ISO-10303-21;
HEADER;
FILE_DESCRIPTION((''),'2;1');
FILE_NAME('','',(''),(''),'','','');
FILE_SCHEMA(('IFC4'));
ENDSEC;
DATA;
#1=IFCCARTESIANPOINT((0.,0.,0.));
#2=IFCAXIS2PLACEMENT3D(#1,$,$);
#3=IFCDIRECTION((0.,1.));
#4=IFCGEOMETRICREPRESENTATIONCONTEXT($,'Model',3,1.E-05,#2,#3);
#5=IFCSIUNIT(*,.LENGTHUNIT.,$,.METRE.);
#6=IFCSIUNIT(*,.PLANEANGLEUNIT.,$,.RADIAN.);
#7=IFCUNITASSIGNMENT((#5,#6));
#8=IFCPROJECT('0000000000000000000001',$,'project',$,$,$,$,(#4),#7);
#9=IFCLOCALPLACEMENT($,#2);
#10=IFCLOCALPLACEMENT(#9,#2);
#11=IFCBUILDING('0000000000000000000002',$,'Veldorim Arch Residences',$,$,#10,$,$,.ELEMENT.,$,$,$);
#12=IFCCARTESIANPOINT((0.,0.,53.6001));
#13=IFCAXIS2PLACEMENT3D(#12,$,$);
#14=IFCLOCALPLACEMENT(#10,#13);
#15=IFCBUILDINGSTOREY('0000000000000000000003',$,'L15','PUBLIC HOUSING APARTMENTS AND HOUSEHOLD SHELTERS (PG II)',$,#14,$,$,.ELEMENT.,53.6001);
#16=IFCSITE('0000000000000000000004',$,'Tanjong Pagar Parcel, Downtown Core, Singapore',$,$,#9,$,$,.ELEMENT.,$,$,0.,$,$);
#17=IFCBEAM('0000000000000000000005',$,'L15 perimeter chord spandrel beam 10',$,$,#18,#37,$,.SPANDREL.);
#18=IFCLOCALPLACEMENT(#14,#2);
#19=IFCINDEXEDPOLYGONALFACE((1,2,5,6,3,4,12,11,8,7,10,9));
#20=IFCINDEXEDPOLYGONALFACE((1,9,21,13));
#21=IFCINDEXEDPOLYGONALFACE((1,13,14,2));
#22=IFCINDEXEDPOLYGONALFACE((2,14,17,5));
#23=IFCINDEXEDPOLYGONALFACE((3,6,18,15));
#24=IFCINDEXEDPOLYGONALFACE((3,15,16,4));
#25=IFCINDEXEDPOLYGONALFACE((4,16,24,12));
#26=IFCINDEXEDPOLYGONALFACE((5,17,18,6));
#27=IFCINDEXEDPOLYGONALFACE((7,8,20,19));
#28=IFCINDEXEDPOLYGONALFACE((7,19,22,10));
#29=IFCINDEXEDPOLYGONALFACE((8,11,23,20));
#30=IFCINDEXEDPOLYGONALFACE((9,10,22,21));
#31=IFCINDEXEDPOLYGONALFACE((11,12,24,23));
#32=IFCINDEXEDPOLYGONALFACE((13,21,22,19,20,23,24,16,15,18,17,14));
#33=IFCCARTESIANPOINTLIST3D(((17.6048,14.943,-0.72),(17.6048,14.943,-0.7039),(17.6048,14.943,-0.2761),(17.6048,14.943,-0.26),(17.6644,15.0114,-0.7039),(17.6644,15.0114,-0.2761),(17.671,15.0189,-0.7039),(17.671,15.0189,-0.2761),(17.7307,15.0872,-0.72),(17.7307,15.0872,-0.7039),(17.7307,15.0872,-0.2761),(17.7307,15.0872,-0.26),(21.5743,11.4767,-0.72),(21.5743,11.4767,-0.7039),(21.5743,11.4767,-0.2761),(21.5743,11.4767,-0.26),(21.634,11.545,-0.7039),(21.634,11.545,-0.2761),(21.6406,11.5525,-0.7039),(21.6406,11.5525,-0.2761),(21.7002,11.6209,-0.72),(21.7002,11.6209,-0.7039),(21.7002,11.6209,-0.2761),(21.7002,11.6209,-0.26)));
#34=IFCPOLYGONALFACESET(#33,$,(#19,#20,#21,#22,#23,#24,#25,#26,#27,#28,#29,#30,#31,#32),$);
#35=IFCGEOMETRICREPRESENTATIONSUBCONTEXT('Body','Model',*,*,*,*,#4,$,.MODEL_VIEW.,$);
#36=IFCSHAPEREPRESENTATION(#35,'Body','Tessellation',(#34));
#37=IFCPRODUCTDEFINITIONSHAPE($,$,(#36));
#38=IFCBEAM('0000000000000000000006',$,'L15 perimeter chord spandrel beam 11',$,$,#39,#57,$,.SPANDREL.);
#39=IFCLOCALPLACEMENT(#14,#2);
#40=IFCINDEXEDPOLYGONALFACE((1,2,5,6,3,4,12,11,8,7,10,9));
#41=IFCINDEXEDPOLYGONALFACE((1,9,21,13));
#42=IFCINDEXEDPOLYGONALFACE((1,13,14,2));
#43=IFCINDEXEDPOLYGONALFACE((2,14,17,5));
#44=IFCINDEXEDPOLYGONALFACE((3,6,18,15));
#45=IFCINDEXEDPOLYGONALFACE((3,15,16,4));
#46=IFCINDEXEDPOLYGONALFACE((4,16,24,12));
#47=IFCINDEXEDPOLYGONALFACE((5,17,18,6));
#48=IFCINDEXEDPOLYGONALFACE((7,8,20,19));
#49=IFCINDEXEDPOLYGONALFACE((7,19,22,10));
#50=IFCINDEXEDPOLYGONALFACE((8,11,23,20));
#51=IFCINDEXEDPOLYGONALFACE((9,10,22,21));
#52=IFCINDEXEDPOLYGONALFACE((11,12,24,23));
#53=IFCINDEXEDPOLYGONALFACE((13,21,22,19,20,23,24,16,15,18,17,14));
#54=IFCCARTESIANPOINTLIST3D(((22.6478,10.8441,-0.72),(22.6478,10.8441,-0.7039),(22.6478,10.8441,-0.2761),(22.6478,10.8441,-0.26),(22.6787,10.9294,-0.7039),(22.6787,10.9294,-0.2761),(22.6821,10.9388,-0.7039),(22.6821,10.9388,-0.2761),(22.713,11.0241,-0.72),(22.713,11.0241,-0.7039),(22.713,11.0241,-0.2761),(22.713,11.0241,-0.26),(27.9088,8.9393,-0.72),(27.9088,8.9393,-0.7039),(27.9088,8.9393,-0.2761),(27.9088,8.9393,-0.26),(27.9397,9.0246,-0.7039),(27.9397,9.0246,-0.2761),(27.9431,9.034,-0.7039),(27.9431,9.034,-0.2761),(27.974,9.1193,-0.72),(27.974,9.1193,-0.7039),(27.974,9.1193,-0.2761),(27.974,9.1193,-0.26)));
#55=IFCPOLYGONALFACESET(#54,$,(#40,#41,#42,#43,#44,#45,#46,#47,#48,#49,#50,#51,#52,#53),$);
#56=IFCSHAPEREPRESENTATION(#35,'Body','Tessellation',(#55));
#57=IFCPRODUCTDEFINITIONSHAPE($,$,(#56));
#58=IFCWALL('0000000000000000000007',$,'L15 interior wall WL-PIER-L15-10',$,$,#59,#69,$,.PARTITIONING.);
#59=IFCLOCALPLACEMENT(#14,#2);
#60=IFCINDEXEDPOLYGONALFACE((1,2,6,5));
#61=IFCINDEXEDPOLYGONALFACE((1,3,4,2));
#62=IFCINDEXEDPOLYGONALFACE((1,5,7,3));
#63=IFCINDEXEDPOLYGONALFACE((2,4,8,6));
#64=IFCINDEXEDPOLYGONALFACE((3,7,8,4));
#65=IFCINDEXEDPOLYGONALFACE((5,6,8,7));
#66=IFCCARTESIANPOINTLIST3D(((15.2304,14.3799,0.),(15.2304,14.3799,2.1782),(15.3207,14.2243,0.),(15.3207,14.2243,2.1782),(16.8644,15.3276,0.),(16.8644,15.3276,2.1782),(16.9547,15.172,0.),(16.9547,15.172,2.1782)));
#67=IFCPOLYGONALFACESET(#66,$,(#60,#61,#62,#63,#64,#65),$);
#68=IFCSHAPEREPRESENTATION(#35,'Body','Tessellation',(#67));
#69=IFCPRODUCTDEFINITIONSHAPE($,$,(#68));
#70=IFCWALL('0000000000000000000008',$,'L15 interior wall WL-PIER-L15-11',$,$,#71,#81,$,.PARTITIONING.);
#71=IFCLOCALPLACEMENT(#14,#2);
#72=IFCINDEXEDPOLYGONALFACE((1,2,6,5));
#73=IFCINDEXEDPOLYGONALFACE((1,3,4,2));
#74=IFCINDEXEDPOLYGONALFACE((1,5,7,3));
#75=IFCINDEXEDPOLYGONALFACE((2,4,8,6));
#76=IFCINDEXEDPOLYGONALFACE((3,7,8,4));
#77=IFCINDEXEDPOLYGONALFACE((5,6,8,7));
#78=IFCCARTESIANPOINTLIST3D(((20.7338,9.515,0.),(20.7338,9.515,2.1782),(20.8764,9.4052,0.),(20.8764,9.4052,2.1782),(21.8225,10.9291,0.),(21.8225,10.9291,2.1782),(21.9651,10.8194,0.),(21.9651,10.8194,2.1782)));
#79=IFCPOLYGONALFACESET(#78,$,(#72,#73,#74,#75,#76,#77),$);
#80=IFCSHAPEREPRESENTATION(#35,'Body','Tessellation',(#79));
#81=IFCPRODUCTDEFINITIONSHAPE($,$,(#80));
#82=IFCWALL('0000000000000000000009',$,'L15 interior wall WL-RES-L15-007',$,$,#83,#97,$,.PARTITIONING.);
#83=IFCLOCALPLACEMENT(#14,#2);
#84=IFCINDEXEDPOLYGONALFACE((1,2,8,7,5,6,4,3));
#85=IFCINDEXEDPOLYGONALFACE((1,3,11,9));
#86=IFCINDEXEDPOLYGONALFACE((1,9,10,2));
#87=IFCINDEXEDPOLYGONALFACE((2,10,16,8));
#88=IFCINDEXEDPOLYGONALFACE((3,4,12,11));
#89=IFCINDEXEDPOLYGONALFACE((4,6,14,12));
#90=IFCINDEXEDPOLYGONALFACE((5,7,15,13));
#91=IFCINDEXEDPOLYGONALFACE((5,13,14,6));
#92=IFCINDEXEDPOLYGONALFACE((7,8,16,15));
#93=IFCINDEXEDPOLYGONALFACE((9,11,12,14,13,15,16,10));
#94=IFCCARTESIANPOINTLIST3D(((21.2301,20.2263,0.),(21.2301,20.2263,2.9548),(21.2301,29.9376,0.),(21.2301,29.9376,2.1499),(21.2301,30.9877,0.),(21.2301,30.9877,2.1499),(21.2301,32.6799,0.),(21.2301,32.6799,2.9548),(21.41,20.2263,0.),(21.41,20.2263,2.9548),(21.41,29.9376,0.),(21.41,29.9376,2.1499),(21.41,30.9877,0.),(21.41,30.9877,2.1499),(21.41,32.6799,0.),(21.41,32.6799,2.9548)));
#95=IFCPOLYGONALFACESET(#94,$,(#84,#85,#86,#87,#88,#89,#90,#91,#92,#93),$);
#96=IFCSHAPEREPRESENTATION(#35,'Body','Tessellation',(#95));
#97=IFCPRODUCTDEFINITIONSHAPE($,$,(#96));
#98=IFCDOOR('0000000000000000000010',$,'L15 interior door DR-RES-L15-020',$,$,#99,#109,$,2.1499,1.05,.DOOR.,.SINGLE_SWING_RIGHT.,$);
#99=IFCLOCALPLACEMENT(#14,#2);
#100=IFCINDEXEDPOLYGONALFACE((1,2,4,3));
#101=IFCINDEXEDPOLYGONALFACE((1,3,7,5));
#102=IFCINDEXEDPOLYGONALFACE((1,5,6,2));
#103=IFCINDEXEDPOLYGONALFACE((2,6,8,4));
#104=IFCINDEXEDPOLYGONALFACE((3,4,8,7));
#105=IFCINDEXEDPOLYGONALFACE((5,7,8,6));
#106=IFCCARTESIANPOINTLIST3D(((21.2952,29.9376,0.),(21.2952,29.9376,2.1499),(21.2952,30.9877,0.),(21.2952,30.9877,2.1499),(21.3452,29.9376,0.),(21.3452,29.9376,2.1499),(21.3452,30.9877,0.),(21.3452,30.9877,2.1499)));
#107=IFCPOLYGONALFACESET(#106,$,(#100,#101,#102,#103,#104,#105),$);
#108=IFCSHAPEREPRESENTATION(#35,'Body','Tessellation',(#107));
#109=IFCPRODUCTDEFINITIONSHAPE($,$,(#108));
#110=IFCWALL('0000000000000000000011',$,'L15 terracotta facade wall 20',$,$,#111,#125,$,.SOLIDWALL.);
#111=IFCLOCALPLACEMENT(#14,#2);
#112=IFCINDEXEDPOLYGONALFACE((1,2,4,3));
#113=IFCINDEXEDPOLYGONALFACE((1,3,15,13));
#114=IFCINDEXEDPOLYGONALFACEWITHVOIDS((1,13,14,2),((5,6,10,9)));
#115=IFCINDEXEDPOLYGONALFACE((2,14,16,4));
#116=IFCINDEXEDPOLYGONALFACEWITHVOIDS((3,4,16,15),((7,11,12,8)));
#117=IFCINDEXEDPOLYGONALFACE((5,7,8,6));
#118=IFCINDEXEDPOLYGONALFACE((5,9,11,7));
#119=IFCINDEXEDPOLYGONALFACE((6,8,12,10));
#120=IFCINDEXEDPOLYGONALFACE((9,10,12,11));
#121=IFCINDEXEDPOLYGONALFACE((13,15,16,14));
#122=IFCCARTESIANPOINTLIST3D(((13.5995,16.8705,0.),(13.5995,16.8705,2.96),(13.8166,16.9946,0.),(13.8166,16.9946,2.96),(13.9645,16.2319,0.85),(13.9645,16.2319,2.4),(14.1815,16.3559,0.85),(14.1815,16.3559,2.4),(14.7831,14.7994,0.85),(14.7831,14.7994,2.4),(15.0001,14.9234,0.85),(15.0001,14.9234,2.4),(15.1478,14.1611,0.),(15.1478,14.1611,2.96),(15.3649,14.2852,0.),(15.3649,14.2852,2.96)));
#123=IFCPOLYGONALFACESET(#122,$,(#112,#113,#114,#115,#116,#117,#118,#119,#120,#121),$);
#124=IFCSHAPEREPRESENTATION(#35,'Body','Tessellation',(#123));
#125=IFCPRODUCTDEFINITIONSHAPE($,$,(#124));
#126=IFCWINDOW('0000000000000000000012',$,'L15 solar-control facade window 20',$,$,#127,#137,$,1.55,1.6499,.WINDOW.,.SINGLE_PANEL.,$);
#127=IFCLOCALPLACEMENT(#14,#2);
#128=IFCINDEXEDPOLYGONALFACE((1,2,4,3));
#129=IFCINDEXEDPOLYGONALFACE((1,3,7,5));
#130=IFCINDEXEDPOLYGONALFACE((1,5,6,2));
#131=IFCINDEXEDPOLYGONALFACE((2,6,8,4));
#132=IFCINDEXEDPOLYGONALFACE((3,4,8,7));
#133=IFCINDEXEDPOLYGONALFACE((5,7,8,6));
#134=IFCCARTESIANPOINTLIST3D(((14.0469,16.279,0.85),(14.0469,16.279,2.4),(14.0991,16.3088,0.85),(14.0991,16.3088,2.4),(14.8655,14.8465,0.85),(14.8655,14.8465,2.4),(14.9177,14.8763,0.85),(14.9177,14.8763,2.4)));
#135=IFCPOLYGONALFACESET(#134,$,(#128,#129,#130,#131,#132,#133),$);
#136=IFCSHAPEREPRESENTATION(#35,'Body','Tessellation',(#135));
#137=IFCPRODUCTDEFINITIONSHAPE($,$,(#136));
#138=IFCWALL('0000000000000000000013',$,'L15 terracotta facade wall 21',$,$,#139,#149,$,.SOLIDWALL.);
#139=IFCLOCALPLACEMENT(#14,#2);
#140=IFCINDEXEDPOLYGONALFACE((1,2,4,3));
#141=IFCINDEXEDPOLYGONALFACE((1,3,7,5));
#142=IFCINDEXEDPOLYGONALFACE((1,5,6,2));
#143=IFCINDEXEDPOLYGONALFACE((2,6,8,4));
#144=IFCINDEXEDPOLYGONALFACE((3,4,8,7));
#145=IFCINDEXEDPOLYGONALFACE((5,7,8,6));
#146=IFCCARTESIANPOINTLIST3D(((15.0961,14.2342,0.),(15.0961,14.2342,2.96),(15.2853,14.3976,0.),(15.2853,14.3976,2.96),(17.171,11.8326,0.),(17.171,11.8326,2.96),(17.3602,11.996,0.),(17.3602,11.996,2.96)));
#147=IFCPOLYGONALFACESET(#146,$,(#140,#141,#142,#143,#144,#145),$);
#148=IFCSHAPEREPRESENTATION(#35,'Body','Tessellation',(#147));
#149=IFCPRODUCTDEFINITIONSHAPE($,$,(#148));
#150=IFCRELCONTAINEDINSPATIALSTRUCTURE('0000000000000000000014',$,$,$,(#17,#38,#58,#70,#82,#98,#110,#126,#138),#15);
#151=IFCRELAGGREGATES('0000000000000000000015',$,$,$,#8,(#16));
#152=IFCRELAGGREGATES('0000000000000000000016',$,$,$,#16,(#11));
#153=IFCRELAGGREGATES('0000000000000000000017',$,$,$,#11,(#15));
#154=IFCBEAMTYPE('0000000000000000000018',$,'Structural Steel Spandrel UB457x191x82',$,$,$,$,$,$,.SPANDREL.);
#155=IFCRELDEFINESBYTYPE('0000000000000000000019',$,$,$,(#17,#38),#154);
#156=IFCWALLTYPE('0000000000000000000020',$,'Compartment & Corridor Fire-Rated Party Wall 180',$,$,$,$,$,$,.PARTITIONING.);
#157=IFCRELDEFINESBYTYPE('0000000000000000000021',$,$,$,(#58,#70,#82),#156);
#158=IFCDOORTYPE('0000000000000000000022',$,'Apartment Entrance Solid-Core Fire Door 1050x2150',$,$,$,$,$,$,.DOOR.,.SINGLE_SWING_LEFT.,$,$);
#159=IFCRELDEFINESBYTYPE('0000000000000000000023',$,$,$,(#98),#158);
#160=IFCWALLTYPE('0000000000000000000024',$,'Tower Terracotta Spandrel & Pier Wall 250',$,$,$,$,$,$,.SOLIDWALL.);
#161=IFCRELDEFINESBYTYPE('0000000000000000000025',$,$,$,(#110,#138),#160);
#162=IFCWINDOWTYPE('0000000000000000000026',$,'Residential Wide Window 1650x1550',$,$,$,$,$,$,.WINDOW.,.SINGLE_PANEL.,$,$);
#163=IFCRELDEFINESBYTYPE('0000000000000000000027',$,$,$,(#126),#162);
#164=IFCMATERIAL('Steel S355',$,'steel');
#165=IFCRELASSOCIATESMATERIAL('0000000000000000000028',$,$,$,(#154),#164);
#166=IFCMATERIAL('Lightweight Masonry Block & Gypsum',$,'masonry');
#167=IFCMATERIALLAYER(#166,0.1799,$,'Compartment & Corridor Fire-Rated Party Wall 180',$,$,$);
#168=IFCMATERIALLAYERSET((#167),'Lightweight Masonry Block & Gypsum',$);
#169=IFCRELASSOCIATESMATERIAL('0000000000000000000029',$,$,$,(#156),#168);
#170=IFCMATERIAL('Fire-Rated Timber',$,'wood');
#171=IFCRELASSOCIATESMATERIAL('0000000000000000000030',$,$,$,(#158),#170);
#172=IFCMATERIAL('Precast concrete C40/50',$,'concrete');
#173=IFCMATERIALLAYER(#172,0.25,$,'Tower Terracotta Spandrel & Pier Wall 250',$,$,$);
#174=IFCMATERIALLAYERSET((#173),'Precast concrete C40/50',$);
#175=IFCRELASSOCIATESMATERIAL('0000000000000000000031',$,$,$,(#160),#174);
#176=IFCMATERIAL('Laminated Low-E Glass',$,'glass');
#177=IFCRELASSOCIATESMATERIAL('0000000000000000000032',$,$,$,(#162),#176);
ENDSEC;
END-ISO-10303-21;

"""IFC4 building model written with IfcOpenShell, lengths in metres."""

from ifc_helpers import new_model, si_unit, direction, frame, frame_2d, origin, origin_2d, place, context, subcontext, project, spatial, rectangle, i_section, extrude, material, layer, layer_set, material_profile, profile_set, type_object, element, fill, save


model = new_model("IFC4")

# Units and contexts
model_context = context("Model", 3, precision=1e-05, world=origin(), true_north=direction((0.0, 1.0)))
body_context = subcontext(model_context, "Body", "Model", "MODEL_VIEW")
ifc_project = project(units=[si_unit("LENGTHUNIT", "METRE"), si_unit("PLANEANGLEUNIT", "RADIAN")], contexts=[model_context])

# Site, building, storey
site_placement = place(None, origin())
site = spatial("IfcSite", under=ifc_project, at=site_placement, Name="Tanjong Pagar Parcel, Downtown Core, Singapore", CompositionType="ELEMENT", RefElevation=0.0)
building_placement = place(site_placement, origin())
building = spatial("IfcBuilding", under=site, at=building_placement, Name="Veldorim Arch Residences", CompositionType="ELEMENT")
storey_placement = place(building_placement, frame((0.0, 0.0, 53.6001)))
storey = spatial("IfcBuildingStorey", under=building, at=storey_placement, Name="L15", Description="PUBLIC HOUSING APARTMENTS AND HOUSEHOLD SHELTERS (PG II)", CompositionType="ELEMENT", Elevation=53.6001)

# Beams
ifc_material_1 = material(Name="Steel S355", Category="steel")
ifc_material_profile_1 = material_profile(ifc_material_1, i_section(OverallWidth=0.1914, OverallDepth=0.46, WebThickness=0.01, FlangeThickness=0.0161, at=origin_2d()), Name="UB457x191x82")
ifc_profile_set_1 = profile_set([ifc_material_profile_1], Name="Steel S355")
beam_type_1 = type_object("IfcBeamType", Name="Structural Steel Spandrel UB457x191x82", PredefinedType="SPANDREL", material=ifc_profile_set_1)
beam_1_placement = place(storey_placement, frame((17.6677, 15.0151, -0.49), z_axis=(0.753234, -0.657753, 0.0), x_axis=(0.657753, 0.753234, 0.0)))
element("IfcBeam", 1, at=beam_1_placement, inside=storey, type_object=beam_type_1, Name="L15 perimeter chord spandrel beam 10", PredefinedType="SPANDREL", context=body_context, shape_type="SweptSolid", body=[
    extrude(i_section(OverallWidth=0.1914, OverallDepth=0.46, WebThickness=0.01, FlangeThickness=0.0161, at=origin_2d()), origin(), (0.0, 0.0, 1.0), 5.27),
])
beam_2_placement = place(storey_placement, frame((22.6804, 10.9341, -0.49), z_axis=(0.940269, -0.340432, 0.0), x_axis=(0.340432, 0.940269, 0.0)))
element("IfcBeam", 2, at=beam_2_placement, inside=storey, type_object=beam_type_1, Name="L15 perimeter chord spandrel beam 11", PredefinedType="SPANDREL", context=body_context, shape_type="SweptSolid", body=[
    extrude(i_section(OverallWidth=0.1914, OverallDepth=0.46, WebThickness=0.01, FlangeThickness=0.0161, at=origin_2d()), origin(), (0.0, 0.0, 1.0), 5.5952),
])

# Walls
ifc_material_2 = material(Name="Lightweight Masonry Block & Gypsum", Category="masonry")
ifc_layer_1 = layer(ifc_material_2, 0.1799, Name="Compartment & Corridor Fire-Rated Party Wall 180")
ifc_layer_set_1 = layer_set([ifc_layer_1], Name="Lightweight Masonry Block & Gypsum")
wall_type_1 = type_object("IfcWallType", Name="Compartment & Corridor Fire-Rated Party Wall 180", PredefinedType="PARTITIONING", material=ifc_layer_set_1)
wall_1_placement = place(storey_placement, frame((16.9094, 15.2498, 0.0), z_axis=(0.0, 0.0, 1.0), x_axis=(-0.865028, -0.501724, 0.0)))
element("IfcWall", 3, at=wall_1_placement, inside=storey, type_object=wall_type_1, Name="L15 interior wall WL-PIER-L15-10", PredefinedType="PARTITIONING", context=body_context, shape_type="SweptSolid", body=[
    extrude(rectangle(XDim=1.8889, YDim=0.1799, at=frame_2d((0.9443, 0.0))), origin(), (0.0, 0.0, 1.0), 2.1782),
])
wall_2_placement = place(storey_placement, frame((21.8938, 10.8743, 0.0), z_axis=(0.0, 0.0, 1.0), x_axis=(-0.610021, -0.792385, 0.0)))
element("IfcWall", 4, at=wall_2_placement, inside=storey, type_object=wall_type_1, Name="L15 interior wall WL-PIER-L15-11", PredefinedType="PARTITIONING", context=body_context, shape_type="SweptSolid", body=[
    extrude(rectangle(XDim=1.7847, YDim=0.1799, at=frame_2d((0.8923, 0.0))), origin(), (0.0, 0.0, 1.0), 2.1782),
])

# Wall, opening, door
wall_3_placement = place(storey_placement, frame((21.3201, 20.2263, 0.0), z_axis=(0.0, 0.0, 1.0), x_axis=(0.0, 1.0, 0.0)))
wall_3 = element("IfcWall", 5, at=wall_3_placement, inside=storey, type_object=wall_type_1, Name="L15 interior wall WL-RES-L15-007", PredefinedType="PARTITIONING", context=body_context, shape_type="SweptSolid", body=[
    extrude(rectangle(XDim=12.4536, YDim=0.1799, at=frame_2d((6.2268, 0.0))), origin(), (0.0, 0.0, 1.0), 2.9548),
])
opening_1_placement = place(wall_3_placement, frame((9.7114, 0.0, 0.0)))
opening_1 = element("IfcOpeningElement", 6, at=opening_1_placement, cuts=wall_3, PredefinedType="OPENING", context=body_context, shape_type="SweptSolid", body=[
    extrude(rectangle(XDim=1.05, YDim=2.1499, at=frame_2d((0.5249, 1.075))), frame((0.0, 0.0999, 0.0), z_axis=(0.0, -1.0, 0.0), x_axis=(1.0, 0.0, 0.0)), (0.0, 0.0, 1.0), 0.2),
])
ifc_material_3 = material(Name="Fire-Rated Timber", Category="wood")
door_type_1 = type_object("IfcDoorType", Name="Apartment Entrance Solid-Core Fire Door 1050x2150", OperationType="SINGLE_SWING_LEFT", PredefinedType="DOOR", material=ifc_material_3)
door_1_placement = place(opening_1_placement, origin())
door_1 = element("IfcDoor", 7, at=door_1_placement, inside=storey, type_object=door_type_1, Name="L15 interior door DR-RES-L15-020", OperationType="SINGLE_SWING_RIGHT", OverallHeight=2.1499, OverallWidth=1.05, PredefinedType="DOOR", context=body_context, shape_type="SweptSolid", body=[
    extrude(rectangle(XDim=1.05, YDim=2.1499, at=frame_2d((0.5249, 1.075))), frame((0.0, 0.0249, 0.0), z_axis=(0.0, -1.0, 0.0), x_axis=(1.0, 0.0, 0.0)), (0.0, 0.0, 1.0), 0.05),
])
fill(opening_1, door_1)

# Wall, opening, window
ifc_material_4 = material(Name="Precast concrete C40/50", Category="concrete")
ifc_layer_2 = layer(ifc_material_4, 0.25, Name="Tower Terracotta Spandrel & Pier Wall 250")
ifc_layer_set_2 = layer_set([ifc_layer_2], Name="Precast concrete C40/50")
wall_type_2 = type_object("IfcWallType", Name="Tower Terracotta Spandrel & Pier Wall 250", PredefinedType="SOLIDWALL", material=ifc_layer_set_2)
wall_4_placement = place(storey_placement, frame((15.2563, 14.2231, 0.0), z_axis=(0.0, 0.0, 1.0), x_axis=(-0.496156, 0.868234, 0.0)))
wall_4 = element("IfcWall", 8, at=wall_4_placement, inside=storey, type_object=wall_type_2, Name="L15 terracotta facade wall 20", PredefinedType="SOLIDWALL", context=body_context, shape_type="SweptSolid", body=[
    extrude(rectangle(XDim=3.1206, YDim=0.25, at=frame_2d((1.5603, 0.0))), origin(), (0.0, 0.0, 1.0), 2.96),
])
opening_2_placement = place(wall_4_placement, frame((0.7351, 0.0, 0.8501)))
opening_2 = element("IfcOpeningElement", 9, at=opening_2_placement, cuts=wall_4, PredefinedType="OPENING", context=body_context, shape_type="SweptSolid", body=[
    extrude(rectangle(XDim=1.6499, YDim=1.55, at=frame_2d((0.825, 0.7749))), frame((0.0, 0.135, 0.0), z_axis=(0.0, -1.0, 0.0), x_axis=(1.0, 0.0, 0.0)), (0.0, 0.0, 1.0), 0.27),
])
ifc_material_5 = material(Name="Laminated Low-E Glass", Category="glass")
window_type = type_object("IfcWindowType", Name="Residential Wide Window 1650x1550", PartitioningType="SINGLE_PANEL", PredefinedType="WINDOW", material=ifc_material_5)
window_1_placement = place(opening_2_placement, origin())
window_1 = element("IfcWindow", 10, at=window_1_placement, inside=storey, type_object=window_type, Name="L15 solar-control facade window 20", OverallHeight=1.55, OverallWidth=1.6499, PartitioningType="SINGLE_PANEL", PredefinedType="WINDOW", context=body_context, shape_type="SweptSolid", body=[
    extrude(rectangle(XDim=1.6499, YDim=1.55, at=frame_2d((0.825, 0.7749))), frame((0.0, 0.03, 0.0), z_axis=(0.0, -1.0, 0.0), x_axis=(1.0, 0.0, 0.0)), (0.0, 0.0, 1.0), 0.0601),
])
fill(opening_2, window_1)

# Wall
wall_5_placement = place(storey_placement, frame((17.2656, 11.9143, 0.0), z_axis=(0.0, 0.0, 1.0), x_axis=(-0.65377, 0.756693, 0.0)))
element("IfcWall", 11, at=wall_5_placement, inside=storey, type_object=wall_type_2, Name="L15 terracotta facade wall 21", PredefinedType="SOLIDWALL", context=body_context, shape_type="SweptSolid", body=[
    extrude(rectangle(XDim=3.1738, YDim=0.25, at=frame_2d((1.5869, 0.0))), origin(), (0.0, 0.0, 1.0), 2.96),
])

save(model, "model.ifc")
